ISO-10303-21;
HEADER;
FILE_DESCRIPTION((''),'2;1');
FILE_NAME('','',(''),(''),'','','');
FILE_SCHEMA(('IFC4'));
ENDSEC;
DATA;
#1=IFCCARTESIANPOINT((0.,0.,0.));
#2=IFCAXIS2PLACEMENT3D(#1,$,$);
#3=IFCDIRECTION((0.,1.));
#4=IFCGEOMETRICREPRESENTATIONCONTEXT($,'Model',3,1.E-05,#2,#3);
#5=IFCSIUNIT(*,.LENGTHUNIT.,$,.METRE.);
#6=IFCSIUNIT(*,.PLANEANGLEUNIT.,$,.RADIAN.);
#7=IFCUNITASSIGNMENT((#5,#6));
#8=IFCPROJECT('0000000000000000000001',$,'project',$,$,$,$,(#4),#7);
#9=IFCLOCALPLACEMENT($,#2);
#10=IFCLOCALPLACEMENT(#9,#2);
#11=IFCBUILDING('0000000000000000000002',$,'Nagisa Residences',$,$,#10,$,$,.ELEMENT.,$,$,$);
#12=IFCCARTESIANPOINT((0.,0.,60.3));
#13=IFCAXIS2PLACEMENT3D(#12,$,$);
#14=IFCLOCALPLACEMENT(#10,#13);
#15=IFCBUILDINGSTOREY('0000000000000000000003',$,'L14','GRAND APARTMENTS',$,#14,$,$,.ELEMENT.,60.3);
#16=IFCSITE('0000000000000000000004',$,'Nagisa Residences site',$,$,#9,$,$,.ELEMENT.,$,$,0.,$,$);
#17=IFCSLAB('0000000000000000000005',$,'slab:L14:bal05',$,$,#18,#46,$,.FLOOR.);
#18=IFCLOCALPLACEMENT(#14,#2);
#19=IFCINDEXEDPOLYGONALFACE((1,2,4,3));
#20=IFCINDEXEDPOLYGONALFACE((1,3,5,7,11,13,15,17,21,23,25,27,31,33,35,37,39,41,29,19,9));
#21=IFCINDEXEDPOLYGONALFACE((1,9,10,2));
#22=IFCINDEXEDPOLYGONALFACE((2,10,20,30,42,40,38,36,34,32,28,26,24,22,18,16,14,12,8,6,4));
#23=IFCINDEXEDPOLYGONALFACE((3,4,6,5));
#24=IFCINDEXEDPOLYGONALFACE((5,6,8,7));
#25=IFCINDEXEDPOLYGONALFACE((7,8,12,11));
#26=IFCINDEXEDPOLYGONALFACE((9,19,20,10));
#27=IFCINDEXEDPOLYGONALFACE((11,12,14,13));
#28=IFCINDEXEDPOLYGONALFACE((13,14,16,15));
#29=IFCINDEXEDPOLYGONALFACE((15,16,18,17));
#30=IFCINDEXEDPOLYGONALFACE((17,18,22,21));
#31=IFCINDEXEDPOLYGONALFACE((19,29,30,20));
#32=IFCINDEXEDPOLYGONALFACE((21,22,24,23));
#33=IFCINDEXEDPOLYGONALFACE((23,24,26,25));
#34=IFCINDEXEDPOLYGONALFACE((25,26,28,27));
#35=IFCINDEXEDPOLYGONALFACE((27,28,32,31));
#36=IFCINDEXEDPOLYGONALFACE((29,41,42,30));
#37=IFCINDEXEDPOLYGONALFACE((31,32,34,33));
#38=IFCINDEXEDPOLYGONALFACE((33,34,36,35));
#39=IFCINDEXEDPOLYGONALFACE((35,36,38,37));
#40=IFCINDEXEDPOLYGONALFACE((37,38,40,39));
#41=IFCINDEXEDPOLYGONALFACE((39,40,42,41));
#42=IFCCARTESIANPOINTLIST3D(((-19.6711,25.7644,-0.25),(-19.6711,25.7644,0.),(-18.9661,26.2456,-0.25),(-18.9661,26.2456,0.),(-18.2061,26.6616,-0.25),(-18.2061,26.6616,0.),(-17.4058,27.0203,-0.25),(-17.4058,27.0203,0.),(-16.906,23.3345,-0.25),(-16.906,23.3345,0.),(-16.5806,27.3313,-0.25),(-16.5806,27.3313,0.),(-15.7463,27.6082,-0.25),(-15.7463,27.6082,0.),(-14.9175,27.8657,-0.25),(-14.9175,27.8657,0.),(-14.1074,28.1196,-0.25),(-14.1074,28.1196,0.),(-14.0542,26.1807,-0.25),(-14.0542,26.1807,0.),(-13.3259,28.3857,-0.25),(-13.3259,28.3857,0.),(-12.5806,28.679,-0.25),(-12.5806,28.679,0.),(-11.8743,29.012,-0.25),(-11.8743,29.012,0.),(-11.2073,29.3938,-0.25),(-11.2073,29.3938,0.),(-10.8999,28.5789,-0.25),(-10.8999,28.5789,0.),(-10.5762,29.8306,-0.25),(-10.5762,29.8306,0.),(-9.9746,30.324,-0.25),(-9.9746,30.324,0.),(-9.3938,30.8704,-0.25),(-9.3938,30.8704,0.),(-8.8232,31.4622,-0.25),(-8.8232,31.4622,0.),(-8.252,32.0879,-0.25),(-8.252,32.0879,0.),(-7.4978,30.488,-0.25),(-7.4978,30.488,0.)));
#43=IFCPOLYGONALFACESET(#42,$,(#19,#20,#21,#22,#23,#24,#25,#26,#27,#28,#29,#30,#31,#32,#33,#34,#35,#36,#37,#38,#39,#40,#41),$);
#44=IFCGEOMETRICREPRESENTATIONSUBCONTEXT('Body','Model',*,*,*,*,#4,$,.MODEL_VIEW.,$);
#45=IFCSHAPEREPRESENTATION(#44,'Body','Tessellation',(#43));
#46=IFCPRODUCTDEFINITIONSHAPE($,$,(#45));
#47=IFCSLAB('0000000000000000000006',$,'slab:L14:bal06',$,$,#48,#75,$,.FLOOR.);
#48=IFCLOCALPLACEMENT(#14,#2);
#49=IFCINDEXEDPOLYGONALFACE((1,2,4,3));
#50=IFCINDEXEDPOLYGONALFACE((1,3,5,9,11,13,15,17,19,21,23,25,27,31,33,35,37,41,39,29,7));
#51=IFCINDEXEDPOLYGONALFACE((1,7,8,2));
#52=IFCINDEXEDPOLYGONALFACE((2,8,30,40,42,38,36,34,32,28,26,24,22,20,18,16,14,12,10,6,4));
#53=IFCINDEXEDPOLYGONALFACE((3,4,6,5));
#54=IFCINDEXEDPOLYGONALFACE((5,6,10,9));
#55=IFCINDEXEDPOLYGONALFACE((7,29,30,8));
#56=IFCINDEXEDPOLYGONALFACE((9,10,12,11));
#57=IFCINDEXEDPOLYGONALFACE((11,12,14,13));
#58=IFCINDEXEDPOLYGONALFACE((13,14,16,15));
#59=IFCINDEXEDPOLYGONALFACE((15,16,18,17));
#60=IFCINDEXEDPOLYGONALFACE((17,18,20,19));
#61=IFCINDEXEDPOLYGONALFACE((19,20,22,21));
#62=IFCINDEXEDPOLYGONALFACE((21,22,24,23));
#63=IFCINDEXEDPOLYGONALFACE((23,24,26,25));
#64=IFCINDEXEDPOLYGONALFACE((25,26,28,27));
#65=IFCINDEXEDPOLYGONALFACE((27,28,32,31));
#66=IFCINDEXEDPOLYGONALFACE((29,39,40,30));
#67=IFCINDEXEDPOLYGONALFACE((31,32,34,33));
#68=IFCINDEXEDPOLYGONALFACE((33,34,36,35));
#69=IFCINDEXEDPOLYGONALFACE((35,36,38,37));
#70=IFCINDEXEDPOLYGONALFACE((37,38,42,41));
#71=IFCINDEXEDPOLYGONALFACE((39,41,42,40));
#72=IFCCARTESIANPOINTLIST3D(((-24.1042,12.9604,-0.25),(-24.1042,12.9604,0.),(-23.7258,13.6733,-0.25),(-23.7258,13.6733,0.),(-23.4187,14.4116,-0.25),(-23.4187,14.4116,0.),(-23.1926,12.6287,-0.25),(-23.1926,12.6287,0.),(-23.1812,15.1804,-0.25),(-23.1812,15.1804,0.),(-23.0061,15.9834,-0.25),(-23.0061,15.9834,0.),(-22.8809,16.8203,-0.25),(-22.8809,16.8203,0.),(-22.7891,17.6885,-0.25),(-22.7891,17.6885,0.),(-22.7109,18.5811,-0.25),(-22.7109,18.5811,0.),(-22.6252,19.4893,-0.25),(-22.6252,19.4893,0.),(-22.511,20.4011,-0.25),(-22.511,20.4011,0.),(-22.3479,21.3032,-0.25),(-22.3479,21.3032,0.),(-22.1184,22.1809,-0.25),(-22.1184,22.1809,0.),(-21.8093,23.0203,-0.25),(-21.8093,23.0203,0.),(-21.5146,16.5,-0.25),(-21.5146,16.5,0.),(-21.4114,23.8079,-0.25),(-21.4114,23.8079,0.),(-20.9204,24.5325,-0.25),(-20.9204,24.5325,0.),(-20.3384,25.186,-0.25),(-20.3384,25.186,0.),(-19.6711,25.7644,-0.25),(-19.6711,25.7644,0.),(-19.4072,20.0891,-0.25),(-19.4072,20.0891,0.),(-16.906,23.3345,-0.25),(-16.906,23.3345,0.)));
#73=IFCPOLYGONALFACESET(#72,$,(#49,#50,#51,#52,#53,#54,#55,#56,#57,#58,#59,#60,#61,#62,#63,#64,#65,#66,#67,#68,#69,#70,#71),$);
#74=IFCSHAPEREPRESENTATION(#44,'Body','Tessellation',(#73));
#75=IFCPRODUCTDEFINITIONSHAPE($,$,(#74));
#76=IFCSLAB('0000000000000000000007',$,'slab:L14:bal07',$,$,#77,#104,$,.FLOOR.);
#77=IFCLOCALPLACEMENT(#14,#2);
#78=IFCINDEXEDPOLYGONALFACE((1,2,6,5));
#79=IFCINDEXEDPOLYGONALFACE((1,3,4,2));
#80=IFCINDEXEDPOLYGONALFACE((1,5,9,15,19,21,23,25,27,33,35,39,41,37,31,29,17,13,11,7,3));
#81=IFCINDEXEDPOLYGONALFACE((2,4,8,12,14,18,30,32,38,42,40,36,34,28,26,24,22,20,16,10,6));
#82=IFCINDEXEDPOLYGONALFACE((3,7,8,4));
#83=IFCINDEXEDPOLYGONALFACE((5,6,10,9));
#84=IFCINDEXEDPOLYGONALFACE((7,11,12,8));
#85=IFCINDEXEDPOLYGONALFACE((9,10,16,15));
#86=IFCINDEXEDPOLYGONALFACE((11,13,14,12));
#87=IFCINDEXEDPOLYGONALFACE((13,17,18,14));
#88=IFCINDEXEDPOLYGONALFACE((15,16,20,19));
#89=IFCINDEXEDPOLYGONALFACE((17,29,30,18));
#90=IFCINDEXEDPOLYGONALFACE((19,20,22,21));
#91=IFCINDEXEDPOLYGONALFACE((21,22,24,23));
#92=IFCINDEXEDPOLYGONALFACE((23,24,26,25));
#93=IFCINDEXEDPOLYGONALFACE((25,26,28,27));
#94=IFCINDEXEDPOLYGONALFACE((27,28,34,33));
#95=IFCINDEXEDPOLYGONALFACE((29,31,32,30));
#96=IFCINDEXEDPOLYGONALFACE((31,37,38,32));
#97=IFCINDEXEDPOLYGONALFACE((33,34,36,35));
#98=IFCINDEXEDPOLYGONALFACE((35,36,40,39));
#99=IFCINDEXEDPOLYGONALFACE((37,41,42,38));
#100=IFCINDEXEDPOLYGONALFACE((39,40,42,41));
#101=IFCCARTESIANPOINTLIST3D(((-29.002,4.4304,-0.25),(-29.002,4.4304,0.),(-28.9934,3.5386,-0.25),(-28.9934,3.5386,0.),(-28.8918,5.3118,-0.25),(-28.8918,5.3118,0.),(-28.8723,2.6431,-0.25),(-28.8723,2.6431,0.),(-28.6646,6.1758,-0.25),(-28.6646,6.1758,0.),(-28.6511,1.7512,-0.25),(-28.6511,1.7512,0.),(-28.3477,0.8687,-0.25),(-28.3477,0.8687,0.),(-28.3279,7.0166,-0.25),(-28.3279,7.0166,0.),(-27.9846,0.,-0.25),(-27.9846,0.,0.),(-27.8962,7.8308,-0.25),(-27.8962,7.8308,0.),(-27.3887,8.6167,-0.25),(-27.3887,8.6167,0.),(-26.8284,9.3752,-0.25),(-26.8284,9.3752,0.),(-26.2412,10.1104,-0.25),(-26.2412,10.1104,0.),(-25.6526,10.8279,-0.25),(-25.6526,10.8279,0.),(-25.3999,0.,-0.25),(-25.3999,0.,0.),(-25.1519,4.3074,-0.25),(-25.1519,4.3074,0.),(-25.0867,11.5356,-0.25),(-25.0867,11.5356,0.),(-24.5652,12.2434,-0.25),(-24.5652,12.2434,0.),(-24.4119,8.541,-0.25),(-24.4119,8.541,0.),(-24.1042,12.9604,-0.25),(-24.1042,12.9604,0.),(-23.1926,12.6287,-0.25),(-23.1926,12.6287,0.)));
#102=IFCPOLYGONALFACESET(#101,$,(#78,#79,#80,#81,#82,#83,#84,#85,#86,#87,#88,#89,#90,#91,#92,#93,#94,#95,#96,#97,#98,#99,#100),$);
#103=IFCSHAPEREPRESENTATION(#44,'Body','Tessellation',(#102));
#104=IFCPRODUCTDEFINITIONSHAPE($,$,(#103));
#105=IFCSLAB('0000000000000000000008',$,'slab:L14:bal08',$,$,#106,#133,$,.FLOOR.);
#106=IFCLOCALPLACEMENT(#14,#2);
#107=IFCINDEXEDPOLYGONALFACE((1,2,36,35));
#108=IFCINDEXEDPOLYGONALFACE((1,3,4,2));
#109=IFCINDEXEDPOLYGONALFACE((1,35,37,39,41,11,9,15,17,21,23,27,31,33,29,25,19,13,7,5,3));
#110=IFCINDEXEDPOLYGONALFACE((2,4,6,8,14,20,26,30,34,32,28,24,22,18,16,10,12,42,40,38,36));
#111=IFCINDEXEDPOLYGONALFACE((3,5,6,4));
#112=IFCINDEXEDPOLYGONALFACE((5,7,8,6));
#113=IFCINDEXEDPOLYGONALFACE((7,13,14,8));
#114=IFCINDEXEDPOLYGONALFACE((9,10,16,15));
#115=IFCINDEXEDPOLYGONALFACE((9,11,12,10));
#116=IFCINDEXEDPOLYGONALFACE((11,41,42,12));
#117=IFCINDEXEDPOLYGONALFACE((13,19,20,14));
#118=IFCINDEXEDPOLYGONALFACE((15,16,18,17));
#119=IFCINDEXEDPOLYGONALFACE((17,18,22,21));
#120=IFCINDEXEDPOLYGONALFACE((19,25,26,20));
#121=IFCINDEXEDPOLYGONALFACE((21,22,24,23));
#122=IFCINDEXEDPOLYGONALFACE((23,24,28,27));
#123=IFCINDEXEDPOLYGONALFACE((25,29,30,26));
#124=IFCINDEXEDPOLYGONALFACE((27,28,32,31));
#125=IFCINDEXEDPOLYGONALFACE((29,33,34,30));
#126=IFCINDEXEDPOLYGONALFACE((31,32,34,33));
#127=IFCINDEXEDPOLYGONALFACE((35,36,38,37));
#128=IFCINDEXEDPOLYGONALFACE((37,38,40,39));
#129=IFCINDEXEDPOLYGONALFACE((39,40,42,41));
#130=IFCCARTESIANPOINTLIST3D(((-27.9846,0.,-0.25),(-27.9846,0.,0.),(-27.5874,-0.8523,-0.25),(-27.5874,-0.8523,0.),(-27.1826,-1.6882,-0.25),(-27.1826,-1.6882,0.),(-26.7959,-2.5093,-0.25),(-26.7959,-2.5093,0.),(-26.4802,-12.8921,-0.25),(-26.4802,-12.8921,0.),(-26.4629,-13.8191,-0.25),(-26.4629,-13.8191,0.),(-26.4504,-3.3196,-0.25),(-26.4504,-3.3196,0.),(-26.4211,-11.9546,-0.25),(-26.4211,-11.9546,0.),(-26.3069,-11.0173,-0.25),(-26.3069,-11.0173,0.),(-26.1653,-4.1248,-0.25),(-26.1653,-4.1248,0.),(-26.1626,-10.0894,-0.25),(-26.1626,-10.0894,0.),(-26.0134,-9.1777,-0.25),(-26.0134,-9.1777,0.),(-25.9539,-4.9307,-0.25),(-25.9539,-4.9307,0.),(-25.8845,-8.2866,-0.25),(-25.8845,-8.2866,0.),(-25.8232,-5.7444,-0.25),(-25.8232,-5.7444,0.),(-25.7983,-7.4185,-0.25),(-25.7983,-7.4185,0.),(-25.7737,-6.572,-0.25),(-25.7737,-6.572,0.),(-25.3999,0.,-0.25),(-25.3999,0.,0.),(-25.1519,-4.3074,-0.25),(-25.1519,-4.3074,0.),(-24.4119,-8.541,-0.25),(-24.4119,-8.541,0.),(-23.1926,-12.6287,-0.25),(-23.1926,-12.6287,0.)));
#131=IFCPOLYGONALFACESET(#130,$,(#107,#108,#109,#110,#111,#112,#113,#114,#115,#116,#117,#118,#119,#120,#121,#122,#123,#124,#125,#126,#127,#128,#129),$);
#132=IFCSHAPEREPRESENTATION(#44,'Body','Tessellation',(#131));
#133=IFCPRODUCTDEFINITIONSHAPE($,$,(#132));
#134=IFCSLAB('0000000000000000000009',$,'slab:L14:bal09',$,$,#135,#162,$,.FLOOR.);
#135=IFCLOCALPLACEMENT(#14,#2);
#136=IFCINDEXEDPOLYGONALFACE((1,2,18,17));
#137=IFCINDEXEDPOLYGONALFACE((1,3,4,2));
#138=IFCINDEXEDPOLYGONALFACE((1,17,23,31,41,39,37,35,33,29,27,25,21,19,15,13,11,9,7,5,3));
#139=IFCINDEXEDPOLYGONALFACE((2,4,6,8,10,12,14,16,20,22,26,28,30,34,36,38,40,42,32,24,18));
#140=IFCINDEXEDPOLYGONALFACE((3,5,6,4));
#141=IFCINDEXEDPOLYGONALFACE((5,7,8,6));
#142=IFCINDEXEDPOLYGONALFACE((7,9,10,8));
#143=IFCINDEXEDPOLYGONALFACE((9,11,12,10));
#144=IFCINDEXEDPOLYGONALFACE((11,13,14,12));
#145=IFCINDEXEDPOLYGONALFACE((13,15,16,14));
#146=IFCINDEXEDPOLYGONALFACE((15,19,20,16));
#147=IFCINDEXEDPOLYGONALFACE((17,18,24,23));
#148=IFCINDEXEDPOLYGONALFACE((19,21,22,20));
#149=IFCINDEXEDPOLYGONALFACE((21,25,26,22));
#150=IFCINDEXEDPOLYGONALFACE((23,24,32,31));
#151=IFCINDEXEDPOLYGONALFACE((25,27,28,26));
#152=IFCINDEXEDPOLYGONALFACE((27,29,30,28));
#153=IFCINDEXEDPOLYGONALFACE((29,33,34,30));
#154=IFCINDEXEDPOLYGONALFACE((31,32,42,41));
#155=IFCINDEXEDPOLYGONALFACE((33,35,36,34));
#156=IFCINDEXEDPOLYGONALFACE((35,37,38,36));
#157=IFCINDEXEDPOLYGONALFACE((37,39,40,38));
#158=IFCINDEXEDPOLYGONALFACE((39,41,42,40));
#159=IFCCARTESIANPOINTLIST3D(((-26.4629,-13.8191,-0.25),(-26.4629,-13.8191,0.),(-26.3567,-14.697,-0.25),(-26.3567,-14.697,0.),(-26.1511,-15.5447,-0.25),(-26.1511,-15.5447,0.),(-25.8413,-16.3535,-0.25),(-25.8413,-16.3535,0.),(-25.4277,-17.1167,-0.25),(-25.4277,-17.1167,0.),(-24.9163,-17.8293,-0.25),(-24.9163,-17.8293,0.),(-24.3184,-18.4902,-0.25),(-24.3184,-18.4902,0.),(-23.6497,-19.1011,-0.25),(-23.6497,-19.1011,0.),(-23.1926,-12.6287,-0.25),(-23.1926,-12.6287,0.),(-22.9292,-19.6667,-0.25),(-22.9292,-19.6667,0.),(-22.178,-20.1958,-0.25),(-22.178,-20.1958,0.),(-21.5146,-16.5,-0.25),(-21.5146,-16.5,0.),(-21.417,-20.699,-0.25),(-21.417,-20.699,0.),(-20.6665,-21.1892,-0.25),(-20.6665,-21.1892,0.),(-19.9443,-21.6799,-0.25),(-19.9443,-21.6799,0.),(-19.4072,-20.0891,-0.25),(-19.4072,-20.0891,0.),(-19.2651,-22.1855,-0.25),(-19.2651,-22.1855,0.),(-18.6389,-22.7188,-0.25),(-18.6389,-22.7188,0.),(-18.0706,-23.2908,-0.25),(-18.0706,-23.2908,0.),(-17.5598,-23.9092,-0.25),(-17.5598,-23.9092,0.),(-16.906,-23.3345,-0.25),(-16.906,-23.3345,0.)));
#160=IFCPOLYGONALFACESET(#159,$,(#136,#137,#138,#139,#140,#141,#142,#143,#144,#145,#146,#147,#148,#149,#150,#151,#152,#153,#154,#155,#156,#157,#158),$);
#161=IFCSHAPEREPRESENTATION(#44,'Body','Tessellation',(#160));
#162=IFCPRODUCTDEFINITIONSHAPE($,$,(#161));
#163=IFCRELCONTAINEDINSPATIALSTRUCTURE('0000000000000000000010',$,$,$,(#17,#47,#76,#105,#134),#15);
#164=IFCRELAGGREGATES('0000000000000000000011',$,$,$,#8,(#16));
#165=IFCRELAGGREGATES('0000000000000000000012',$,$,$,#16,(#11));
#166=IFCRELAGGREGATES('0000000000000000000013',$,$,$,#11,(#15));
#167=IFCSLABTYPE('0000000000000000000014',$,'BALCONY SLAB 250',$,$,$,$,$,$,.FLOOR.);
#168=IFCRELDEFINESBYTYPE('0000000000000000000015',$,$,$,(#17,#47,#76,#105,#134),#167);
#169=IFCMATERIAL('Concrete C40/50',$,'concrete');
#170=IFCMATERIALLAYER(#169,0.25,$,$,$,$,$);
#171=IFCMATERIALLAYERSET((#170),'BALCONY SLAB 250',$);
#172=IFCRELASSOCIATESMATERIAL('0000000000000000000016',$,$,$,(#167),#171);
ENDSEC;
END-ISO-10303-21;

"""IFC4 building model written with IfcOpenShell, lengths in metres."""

from ifc_helpers import new_model, si_unit, direction, frame, origin, place, context, subcontext, project, spatial, polyline, outline, extrude, material, layer, layer_set, type_object, element, save


model = new_model("IFC4")

# Units and contexts
model_context = context("Model", 3, precision=1e-05, world=origin(), true_north=direction((0.0, 1.0)))
body_context = subcontext(model_context, "Body", "Model", "MODEL_VIEW")
ifc_project = project(units=[si_unit("LENGTHUNIT", "METRE"), si_unit("PLANEANGLEUNIT", "RADIAN")], contexts=[model_context])

# Site, building, storey
site_placement = place(None, origin())
site = spatial("IfcSite", under=ifc_project, at=site_placement, Name="Nagisa Residences site", CompositionType="ELEMENT", RefElevation=0.0)
building_placement = place(site_placement, origin())
building = spatial("IfcBuilding", under=site, at=building_placement, Name="Nagisa Residences", CompositionType="ELEMENT")
storey_placement = place(building_placement, frame((0.0, 0.0, 60.3)))
storey = spatial("IfcBuildingStorey", under=building, at=storey_placement, Name="L14", Description="GRAND APARTMENTS", CompositionType="ELEMENT", Elevation=60.3)

# Slabs
ifc_material_1 = material(Name="Concrete C40/50", Category="concrete")
ifc_layer_1 = layer(ifc_material_1, 0.25)
ifc_layer_set_1 = layer_set([ifc_layer_1], Name="BALCONY SLAB 250")
slab_type_1 = type_object("IfcSlabType", Name="BALCONY SLAB 250", PredefinedType="FLOOR", material=ifc_layer_set_1)
slab_1_placement = place(storey_placement, frame((0.0, 0.0, -0.25)))
element("IfcSlab", 1, at=slab_1_placement, inside=storey, type_object=slab_type_1, Name="slab:L14:bal05", PredefinedType="FLOOR", context=body_context, shape_type="SweptSolid", body=[
    extrude(outline(polyline([(-8.252, 32.0879), (-8.8232, 31.4622), (-9.3938, 30.8704), (-9.9746, 30.324), (-10.5762, 29.8306), (-11.2073, 29.3938), (-11.8743, 29.012), (-12.5806, 28.679), (-13.3259, 28.3857), (-14.1074, 28.1196), (-14.9175, 27.8657), (-15.7463, 27.6082), (-16.5806, 27.3313), (-17.4058, 27.0203), (-18.2061, 26.6616), (-18.9661, 26.2456), (-19.6711, 25.7644), (-16.906, 23.3345), (-14.0542, 26.1807), (-10.8999, 28.5789), (-7.4978, 30.488), (-8.252, 32.0879)])), origin(), (0.0, 0.0, 1.0), 0.25),
])
slab_2_placement = place(storey_placement, frame((0.0, 0.0, -0.25)))
element("IfcSlab", 2, at=slab_2_placement, inside=storey, type_object=slab_type_1, Name="slab:L14:bal06", PredefinedType="FLOOR", context=body_context, shape_type="SweptSolid", body=[
    extrude(outline(polyline([(-19.6711, 25.7644), (-20.3384, 25.186), (-20.9204, 24.5325), (-21.4114, 23.8079), (-21.8093, 23.0203), (-22.1184, 22.1809), (-22.3479, 21.3032), (-22.511, 20.4011), (-22.6252, 19.4893), (-22.7109, 18.5811), (-22.7891, 17.6885), (-22.8809, 16.8203), (-23.0061, 15.9834), (-23.1812, 15.1804), (-23.4187, 14.4116), (-23.7258, 13.6733), (-24.1042, 12.9604), (-23.1926, 12.6287), (-21.5146, 16.5), (-19.4072, 20.0891), (-16.906, 23.3345), (-19.6711, 25.7644)])), origin(), (0.0, 0.0, 1.0), 0.25),
])
slab_3_placement = place(storey_placement, frame((0.0, 0.0, -0.25)))
element("IfcSlab", 3, at=slab_3_placement, inside=storey, type_object=slab_type_1, Name="slab:L14:bal07", PredefinedType="FLOOR", context=body_context, shape_type="SweptSolid", body=[
    extrude(outline(polyline([(-24.1042, 12.9604), (-24.5652, 12.2434), (-25.0867, 11.5356), (-25.6526, 10.8279), (-26.2412, 10.1104), (-26.8284, 9.3752), (-27.3887, 8.6167), (-27.8962, 7.8308), (-28.3279, 7.0166), (-28.6646, 6.1758), (-28.8918, 5.3118), (-29.002, 4.4304), (-28.9934, 3.5386), (-28.8723, 2.6431), (-28.6511, 1.7512), (-28.3477, 0.8687), (-27.9846, 0.0), (-25.3999, 0.0), (-25.1519, 4.3074), (-24.4119, 8.541), (-23.1926, 12.6287), (-24.1042, 12.9604)])), origin(), (0.0, 0.0, 1.0), 0.25),
])
slab_4_placement = place(storey_placement, frame((0.0, 0.0, -0.25)))
element("IfcSlab", 4, at=slab_4_placement, inside=storey, type_object=slab_type_1, Name="slab:L14:bal08", PredefinedType="FLOOR", context=body_context, shape_type="SweptSolid", body=[
    extrude(outline(polyline([(-27.9846, 0.0), (-27.5874, -0.8523), (-27.1826, -1.6882), (-26.7959, -2.5093), (-26.4504, -3.3196), (-26.1653, -4.1248), (-25.9539, -4.9307), (-25.8232, -5.7444), (-25.7737, -6.572), (-25.7983, -7.4185), (-25.8845, -8.2866), (-26.0134, -9.1777), (-26.1626, -10.0894), (-26.3069, -11.0173), (-26.4211, -11.9546), (-26.4802, -12.8921), (-26.4629, -13.8191), (-23.1926, -12.6287), (-24.4119, -8.541), (-25.1519, -4.3074), (-25.3999, 0.0), (-27.9846, 0.0)])), origin(), (0.0, 0.0, 1.0), 0.25),
])
slab_5_placement = place(storey_placement, frame((0.0, 0.0, -0.25)))
element("IfcSlab", 5, at=slab_5_placement, inside=storey, type_object=slab_type_1, Name="slab:L14:bal09", PredefinedType="FLOOR", context=body_context, shape_type="SweptSolid", body=[
    extrude(outline(polyline([(-26.4629, -13.8191), (-26.3567, -14.697), (-26.1511, -15.5447), (-25.8413, -16.3535), (-25.4277, -17.1167), (-24.9163, -17.8293), (-24.3184, -18.4902), (-23.6497, -19.1011), (-22.9292, -19.6667), (-22.178, -20.1958), (-21.417, -20.699), (-20.6665, -21.1892), (-19.9443, -21.6799), (-19.2651, -22.1855), (-18.6389, -22.7188), (-18.0706, -23.2908), (-17.5598, -23.9092), (-16.906, -23.3345), (-19.4072, -20.0891), (-21.5146, -16.5), (-23.1926, -12.6287), (-26.4629, -13.8191)])), origin(), (0.0, 0.0, 1.0), 0.25),
])

save(model, "model.ifc")
